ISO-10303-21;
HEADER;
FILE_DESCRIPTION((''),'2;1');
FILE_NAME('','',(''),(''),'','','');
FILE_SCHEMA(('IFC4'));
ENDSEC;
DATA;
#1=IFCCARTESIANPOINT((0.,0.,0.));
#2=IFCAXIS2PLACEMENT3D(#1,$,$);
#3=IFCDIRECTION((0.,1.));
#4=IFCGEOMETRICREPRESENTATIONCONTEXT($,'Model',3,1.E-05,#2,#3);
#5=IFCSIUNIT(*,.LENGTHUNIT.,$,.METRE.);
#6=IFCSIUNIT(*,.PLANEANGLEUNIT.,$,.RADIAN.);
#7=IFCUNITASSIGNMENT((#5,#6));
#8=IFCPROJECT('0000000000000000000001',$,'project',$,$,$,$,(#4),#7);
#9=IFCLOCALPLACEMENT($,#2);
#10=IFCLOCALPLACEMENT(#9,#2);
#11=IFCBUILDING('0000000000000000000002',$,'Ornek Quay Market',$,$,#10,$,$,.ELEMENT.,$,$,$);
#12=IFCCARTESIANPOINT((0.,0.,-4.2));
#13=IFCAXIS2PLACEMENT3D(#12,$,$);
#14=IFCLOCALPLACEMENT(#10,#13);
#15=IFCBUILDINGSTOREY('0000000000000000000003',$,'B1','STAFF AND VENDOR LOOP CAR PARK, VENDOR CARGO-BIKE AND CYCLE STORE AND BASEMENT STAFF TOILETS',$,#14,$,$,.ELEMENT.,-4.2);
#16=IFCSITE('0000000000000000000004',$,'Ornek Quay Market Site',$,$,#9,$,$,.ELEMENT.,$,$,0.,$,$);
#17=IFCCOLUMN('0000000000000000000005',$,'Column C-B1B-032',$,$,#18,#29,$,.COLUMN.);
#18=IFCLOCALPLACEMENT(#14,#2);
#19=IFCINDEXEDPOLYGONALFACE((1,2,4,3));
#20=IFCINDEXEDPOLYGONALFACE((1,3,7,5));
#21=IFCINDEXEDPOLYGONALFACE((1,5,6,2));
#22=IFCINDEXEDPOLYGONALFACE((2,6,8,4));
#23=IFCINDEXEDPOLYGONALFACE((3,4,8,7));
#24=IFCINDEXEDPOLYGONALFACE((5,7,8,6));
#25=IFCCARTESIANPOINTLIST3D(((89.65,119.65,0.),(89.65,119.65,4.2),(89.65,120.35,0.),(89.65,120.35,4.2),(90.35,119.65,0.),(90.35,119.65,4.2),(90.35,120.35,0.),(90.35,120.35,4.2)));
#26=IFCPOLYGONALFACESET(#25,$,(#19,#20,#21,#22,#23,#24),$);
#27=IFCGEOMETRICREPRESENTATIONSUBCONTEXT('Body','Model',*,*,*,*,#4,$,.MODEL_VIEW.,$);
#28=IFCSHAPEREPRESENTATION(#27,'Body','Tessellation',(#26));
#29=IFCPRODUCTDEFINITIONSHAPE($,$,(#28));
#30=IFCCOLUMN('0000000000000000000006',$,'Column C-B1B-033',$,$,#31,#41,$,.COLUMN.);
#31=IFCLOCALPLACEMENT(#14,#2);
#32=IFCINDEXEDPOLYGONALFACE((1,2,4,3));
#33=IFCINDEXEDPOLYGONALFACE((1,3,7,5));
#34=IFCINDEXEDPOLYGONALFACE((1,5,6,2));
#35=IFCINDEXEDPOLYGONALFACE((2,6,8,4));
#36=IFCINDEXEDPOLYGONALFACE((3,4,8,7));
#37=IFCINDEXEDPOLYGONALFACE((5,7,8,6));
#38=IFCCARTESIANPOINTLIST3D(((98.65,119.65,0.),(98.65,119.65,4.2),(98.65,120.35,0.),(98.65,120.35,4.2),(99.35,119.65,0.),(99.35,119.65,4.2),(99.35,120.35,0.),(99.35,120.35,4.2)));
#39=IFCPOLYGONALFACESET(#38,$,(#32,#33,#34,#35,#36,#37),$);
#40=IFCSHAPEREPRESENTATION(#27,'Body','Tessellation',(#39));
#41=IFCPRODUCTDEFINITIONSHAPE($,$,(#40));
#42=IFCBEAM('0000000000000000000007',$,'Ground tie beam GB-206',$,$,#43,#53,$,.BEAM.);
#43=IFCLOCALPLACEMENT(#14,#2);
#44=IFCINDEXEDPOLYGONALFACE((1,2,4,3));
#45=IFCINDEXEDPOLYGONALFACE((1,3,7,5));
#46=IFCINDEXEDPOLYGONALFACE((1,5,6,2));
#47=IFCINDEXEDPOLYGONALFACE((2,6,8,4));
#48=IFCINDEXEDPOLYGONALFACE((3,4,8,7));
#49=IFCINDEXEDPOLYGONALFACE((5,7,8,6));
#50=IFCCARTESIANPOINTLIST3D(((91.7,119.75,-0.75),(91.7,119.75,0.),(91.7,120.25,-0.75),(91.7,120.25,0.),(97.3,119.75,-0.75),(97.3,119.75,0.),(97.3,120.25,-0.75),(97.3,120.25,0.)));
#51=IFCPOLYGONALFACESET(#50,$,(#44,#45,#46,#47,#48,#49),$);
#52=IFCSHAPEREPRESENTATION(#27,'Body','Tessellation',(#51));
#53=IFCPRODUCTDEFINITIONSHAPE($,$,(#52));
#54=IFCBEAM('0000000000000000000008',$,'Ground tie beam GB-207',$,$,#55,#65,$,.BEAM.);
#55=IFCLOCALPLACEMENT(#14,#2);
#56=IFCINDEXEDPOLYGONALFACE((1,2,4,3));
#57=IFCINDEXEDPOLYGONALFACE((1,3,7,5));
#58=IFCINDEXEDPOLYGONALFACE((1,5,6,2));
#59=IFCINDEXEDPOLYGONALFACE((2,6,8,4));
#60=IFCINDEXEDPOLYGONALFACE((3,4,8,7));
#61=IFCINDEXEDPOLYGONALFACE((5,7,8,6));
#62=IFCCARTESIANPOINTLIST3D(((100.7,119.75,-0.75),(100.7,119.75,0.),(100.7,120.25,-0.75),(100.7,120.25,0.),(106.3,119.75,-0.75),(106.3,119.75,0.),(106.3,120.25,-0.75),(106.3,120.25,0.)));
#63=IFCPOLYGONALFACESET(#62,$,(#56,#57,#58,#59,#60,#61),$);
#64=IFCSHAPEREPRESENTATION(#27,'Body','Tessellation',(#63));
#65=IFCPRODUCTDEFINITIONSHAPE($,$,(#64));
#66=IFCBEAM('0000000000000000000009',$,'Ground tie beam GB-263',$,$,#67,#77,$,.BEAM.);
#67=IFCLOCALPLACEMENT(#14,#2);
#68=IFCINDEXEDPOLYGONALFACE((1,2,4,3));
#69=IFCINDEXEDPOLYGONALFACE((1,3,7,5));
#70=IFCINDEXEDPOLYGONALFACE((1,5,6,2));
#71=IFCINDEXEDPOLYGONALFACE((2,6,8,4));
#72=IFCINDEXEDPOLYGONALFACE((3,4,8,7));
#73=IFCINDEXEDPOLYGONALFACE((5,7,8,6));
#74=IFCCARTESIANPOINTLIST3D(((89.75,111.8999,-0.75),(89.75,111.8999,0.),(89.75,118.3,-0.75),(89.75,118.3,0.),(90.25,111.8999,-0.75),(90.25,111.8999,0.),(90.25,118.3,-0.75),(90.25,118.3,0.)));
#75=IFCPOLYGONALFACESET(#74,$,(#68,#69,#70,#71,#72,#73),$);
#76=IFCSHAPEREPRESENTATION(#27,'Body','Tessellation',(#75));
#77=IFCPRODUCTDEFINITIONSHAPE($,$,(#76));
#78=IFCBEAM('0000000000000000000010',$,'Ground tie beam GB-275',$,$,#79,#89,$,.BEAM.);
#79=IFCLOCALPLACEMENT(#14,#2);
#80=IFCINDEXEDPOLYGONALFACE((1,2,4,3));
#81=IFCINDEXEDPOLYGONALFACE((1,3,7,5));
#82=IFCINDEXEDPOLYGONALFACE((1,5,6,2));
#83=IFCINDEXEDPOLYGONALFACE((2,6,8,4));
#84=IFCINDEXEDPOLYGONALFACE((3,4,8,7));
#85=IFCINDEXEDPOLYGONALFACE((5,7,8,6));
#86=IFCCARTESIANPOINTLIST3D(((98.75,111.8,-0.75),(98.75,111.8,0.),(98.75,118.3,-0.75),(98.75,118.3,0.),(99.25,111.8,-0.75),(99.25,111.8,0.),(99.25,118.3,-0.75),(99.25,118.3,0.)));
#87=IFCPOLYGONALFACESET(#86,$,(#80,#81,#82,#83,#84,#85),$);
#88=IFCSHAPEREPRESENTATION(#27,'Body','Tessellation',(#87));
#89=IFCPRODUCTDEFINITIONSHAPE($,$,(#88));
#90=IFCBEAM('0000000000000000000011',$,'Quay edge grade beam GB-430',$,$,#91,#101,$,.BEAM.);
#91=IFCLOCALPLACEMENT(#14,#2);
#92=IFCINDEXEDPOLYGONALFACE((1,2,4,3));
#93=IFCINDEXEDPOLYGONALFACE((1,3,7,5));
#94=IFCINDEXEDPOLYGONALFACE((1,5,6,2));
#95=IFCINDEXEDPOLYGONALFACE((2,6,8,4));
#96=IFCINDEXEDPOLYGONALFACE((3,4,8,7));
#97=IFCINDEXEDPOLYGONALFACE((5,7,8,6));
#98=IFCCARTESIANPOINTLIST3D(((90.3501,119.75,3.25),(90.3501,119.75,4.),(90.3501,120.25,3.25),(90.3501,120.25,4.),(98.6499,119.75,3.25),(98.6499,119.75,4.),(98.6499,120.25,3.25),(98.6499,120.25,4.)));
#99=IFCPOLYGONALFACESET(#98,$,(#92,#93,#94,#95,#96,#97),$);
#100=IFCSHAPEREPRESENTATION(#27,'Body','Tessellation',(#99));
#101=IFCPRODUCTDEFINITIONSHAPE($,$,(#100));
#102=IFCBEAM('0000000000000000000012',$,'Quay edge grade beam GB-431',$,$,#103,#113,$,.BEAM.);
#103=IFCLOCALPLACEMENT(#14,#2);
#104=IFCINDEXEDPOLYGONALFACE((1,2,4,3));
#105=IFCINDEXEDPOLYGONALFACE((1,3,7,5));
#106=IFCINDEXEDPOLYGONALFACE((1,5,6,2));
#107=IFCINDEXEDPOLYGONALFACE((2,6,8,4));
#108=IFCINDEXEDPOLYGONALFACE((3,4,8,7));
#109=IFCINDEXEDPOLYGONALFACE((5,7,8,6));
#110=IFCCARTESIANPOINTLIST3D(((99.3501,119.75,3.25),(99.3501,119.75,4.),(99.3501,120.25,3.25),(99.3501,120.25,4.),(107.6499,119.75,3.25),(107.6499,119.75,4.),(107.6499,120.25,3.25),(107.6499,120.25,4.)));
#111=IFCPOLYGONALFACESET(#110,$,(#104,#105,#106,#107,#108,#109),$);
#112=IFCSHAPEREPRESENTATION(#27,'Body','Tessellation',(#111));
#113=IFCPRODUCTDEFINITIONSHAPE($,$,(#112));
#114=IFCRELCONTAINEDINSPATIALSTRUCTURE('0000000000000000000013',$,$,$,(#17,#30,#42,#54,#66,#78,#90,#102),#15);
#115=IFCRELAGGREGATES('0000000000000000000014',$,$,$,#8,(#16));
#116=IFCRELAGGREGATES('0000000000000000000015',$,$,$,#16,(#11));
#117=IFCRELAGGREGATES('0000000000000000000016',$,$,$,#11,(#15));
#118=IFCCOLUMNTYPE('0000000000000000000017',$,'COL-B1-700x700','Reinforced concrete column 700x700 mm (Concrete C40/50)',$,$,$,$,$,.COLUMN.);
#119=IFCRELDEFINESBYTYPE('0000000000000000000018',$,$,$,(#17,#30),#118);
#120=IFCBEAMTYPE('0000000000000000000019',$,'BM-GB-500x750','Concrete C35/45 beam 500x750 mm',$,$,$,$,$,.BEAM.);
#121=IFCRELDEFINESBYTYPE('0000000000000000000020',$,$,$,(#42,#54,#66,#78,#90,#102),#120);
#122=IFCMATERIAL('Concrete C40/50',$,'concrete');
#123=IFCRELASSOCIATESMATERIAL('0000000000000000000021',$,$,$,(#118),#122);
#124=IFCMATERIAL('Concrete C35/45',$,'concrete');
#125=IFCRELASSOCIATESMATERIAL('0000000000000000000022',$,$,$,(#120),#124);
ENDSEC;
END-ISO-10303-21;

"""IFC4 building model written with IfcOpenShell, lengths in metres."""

from ifc_helpers import new_model, si_unit, direction, frame, origin, origin_2d, place, context, subcontext, project, spatial, rectangle, extrude, material, material_profile, profile_set, type_object, element, save


model = new_model("IFC4")

# Units and contexts
model_context = context("Model", 3, precision=1e-05, world=origin(), true_north=direction((0.0, 1.0)))
body_context = subcontext(model_context, "Body", "Model", "MODEL_VIEW")
ifc_project = project(units=[si_unit("LENGTHUNIT", "METRE"), si_unit("PLANEANGLEUNIT", "RADIAN")], contexts=[model_context])

# Site, building, storey
site_placement = place(None, origin())
site = spatial("IfcSite", under=ifc_project, at=site_placement, Name="Ornek Quay Market Site", CompositionType="ELEMENT", RefElevation=0.0)
building_placement = place(site_placement, origin())
building = spatial("IfcBuilding", under=site, at=building_placement, Name="Ornek Quay Market", CompositionType="ELEMENT")
storey_placement = place(building_placement, frame((0.0, 0.0, -4.2)))
storey = spatial("IfcBuildingStorey", under=building, at=storey_placement, Name="B1", Description="STAFF AND VENDOR LOOP CAR PARK, VENDOR CARGO-BIKE AND CYCLE STORE AND BASEMENT STAFF TOILETS", CompositionType="ELEMENT", Elevation=-4.2)

# Shared definitions
ifc_material_1 = material(Name="Concrete C35/45", Category="concrete")

# Columns
ifc_material_2 = material(Name="Concrete C40/50", Category="concrete")
ifc_material_profile_1 = material_profile(ifc_material_2, rectangle(XDim=0.7, YDim=0.7, at=origin_2d()), Name="RC 700x700", Category="concrete")
ifc_profile_set_1 = profile_set([ifc_material_profile_1], Name="Concrete C40/50")
column_type = type_object("IfcColumnType", Name="COL-B1-700x700", Description="Reinforced concrete column 700x700 mm (Concrete C40/50)", PredefinedType="COLUMN", material=ifc_profile_set_1)
for number, where, z_axis, x_axis, name in (
    (1, (90.0, 120.0, 0.0), (0.0, 0.0, 1.0), (1.0, 0.0, 0.0), "Column C-B1B-032"),
    (2, (99.0, 120.0, 0.0), (0.0, 0.0, 1.0), (1.0, 0.0, 0.0), "Column C-B1B-033"),
):
    element("IfcColumn", number, at=place(storey_placement, frame(where, z_axis=z_axis, x_axis=x_axis)), inside=storey, type_object=column_type, Name=name, PredefinedType="COLUMN", context=body_context, shape_type="SweptSolid", body=[
        extrude(rectangle(XDim=0.7, YDim=0.7, at=origin_2d()), origin(), (0.0, 0.0, 1.0), 4.2),
    ])

# Beams
ifc_material_profile_2 = material_profile(ifc_material_1, rectangle(XDim=0.5, YDim=0.75, at=origin_2d()), Name="RC 500x750", Category="concrete")
ifc_profile_set_2 = profile_set([ifc_material_profile_2], Name="Concrete C35/45")
beam_type = type_object("IfcBeamType", Name="BM-GB-500x750", Description="Concrete C35/45 beam 500x750 mm", PredefinedType="BEAM", material=ifc_profile_set_2)
for number, where, z_axis, x_axis, name in (
    (3, (91.7, 120.0, -0.375), (1.0, 0.0, 0.0), (0.0, 1.0, 0.0), "Ground tie beam GB-206"),
    (4, (100.7, 120.0, -0.375), (1.0, 0.0, 0.0), (0.0, 1.0, 0.0), "Ground tie beam GB-207"),
):
    element("IfcBeam", number, at=place(storey_placement, frame(where, z_axis=z_axis, x_axis=x_axis)), inside=storey, type_object=beam_type, Name=name, PredefinedType="BEAM", context=body_context, shape_type="SweptSolid", body=[
        extrude(rectangle(XDim=0.5, YDim=0.75, at=origin_2d()), origin(), (0.0, 0.0, 1.0), 5.6001),
    ])
beam_1_placement = place(storey_placement, frame((90.0, 111.8999, -0.375), z_axis=(0.0, 1.0, 0.0), x_axis=(-1.0, 0.0, 0.0)))
element("IfcBeam", 5, at=beam_1_placement, inside=storey, type_object=beam_type, Name="Ground tie beam GB-263", PredefinedType="BEAM", context=body_context, shape_type="SweptSolid", body=[
    extrude(rectangle(XDim=0.5, YDim=0.75, at=origin_2d()), origin(), (0.0, 0.0, 1.0), 6.4001),
])
beam_2_placement = place(storey_placement, frame((99.0, 111.8, -0.375), z_axis=(0.0, 1.0, 0.0), x_axis=(-1.0, 0.0, 0.0)))
element("IfcBeam", 6, at=beam_2_placement, inside=storey, type_object=beam_type, Name="Ground tie beam GB-275", PredefinedType="BEAM", context=body_context, shape_type="SweptSolid", body=[
    extrude(rectangle(XDim=0.5, YDim=0.75, at=origin_2d()), origin(), (0.0, 0.0, 1.0), 6.5),
])
for number, where, z_axis, x_axis, name in (
    (7, (90.3501, 120.0, 3.625), (1.0, 0.0, 0.0), (0.0, 1.0, 0.0), "Quay edge grade beam GB-430"),
    (8, (99.3501, 120.0, 3.625), (1.0, 0.0, 0.0), (0.0, 1.0, 0.0), "Quay edge grade beam GB-431"),
):
    element("IfcBeam", number, at=place(storey_placement, frame(where, z_axis=z_axis, x_axis=x_axis)), inside=storey, type_object=beam_type, Name=name, PredefinedType="BEAM", context=body_context, shape_type="SweptSolid", body=[
        extrude(rectangle(XDim=0.5, YDim=0.75, at=origin_2d()), origin(), (0.0, 0.0, 1.0), 8.2998),
    ])

save(model, "model.ifc")
